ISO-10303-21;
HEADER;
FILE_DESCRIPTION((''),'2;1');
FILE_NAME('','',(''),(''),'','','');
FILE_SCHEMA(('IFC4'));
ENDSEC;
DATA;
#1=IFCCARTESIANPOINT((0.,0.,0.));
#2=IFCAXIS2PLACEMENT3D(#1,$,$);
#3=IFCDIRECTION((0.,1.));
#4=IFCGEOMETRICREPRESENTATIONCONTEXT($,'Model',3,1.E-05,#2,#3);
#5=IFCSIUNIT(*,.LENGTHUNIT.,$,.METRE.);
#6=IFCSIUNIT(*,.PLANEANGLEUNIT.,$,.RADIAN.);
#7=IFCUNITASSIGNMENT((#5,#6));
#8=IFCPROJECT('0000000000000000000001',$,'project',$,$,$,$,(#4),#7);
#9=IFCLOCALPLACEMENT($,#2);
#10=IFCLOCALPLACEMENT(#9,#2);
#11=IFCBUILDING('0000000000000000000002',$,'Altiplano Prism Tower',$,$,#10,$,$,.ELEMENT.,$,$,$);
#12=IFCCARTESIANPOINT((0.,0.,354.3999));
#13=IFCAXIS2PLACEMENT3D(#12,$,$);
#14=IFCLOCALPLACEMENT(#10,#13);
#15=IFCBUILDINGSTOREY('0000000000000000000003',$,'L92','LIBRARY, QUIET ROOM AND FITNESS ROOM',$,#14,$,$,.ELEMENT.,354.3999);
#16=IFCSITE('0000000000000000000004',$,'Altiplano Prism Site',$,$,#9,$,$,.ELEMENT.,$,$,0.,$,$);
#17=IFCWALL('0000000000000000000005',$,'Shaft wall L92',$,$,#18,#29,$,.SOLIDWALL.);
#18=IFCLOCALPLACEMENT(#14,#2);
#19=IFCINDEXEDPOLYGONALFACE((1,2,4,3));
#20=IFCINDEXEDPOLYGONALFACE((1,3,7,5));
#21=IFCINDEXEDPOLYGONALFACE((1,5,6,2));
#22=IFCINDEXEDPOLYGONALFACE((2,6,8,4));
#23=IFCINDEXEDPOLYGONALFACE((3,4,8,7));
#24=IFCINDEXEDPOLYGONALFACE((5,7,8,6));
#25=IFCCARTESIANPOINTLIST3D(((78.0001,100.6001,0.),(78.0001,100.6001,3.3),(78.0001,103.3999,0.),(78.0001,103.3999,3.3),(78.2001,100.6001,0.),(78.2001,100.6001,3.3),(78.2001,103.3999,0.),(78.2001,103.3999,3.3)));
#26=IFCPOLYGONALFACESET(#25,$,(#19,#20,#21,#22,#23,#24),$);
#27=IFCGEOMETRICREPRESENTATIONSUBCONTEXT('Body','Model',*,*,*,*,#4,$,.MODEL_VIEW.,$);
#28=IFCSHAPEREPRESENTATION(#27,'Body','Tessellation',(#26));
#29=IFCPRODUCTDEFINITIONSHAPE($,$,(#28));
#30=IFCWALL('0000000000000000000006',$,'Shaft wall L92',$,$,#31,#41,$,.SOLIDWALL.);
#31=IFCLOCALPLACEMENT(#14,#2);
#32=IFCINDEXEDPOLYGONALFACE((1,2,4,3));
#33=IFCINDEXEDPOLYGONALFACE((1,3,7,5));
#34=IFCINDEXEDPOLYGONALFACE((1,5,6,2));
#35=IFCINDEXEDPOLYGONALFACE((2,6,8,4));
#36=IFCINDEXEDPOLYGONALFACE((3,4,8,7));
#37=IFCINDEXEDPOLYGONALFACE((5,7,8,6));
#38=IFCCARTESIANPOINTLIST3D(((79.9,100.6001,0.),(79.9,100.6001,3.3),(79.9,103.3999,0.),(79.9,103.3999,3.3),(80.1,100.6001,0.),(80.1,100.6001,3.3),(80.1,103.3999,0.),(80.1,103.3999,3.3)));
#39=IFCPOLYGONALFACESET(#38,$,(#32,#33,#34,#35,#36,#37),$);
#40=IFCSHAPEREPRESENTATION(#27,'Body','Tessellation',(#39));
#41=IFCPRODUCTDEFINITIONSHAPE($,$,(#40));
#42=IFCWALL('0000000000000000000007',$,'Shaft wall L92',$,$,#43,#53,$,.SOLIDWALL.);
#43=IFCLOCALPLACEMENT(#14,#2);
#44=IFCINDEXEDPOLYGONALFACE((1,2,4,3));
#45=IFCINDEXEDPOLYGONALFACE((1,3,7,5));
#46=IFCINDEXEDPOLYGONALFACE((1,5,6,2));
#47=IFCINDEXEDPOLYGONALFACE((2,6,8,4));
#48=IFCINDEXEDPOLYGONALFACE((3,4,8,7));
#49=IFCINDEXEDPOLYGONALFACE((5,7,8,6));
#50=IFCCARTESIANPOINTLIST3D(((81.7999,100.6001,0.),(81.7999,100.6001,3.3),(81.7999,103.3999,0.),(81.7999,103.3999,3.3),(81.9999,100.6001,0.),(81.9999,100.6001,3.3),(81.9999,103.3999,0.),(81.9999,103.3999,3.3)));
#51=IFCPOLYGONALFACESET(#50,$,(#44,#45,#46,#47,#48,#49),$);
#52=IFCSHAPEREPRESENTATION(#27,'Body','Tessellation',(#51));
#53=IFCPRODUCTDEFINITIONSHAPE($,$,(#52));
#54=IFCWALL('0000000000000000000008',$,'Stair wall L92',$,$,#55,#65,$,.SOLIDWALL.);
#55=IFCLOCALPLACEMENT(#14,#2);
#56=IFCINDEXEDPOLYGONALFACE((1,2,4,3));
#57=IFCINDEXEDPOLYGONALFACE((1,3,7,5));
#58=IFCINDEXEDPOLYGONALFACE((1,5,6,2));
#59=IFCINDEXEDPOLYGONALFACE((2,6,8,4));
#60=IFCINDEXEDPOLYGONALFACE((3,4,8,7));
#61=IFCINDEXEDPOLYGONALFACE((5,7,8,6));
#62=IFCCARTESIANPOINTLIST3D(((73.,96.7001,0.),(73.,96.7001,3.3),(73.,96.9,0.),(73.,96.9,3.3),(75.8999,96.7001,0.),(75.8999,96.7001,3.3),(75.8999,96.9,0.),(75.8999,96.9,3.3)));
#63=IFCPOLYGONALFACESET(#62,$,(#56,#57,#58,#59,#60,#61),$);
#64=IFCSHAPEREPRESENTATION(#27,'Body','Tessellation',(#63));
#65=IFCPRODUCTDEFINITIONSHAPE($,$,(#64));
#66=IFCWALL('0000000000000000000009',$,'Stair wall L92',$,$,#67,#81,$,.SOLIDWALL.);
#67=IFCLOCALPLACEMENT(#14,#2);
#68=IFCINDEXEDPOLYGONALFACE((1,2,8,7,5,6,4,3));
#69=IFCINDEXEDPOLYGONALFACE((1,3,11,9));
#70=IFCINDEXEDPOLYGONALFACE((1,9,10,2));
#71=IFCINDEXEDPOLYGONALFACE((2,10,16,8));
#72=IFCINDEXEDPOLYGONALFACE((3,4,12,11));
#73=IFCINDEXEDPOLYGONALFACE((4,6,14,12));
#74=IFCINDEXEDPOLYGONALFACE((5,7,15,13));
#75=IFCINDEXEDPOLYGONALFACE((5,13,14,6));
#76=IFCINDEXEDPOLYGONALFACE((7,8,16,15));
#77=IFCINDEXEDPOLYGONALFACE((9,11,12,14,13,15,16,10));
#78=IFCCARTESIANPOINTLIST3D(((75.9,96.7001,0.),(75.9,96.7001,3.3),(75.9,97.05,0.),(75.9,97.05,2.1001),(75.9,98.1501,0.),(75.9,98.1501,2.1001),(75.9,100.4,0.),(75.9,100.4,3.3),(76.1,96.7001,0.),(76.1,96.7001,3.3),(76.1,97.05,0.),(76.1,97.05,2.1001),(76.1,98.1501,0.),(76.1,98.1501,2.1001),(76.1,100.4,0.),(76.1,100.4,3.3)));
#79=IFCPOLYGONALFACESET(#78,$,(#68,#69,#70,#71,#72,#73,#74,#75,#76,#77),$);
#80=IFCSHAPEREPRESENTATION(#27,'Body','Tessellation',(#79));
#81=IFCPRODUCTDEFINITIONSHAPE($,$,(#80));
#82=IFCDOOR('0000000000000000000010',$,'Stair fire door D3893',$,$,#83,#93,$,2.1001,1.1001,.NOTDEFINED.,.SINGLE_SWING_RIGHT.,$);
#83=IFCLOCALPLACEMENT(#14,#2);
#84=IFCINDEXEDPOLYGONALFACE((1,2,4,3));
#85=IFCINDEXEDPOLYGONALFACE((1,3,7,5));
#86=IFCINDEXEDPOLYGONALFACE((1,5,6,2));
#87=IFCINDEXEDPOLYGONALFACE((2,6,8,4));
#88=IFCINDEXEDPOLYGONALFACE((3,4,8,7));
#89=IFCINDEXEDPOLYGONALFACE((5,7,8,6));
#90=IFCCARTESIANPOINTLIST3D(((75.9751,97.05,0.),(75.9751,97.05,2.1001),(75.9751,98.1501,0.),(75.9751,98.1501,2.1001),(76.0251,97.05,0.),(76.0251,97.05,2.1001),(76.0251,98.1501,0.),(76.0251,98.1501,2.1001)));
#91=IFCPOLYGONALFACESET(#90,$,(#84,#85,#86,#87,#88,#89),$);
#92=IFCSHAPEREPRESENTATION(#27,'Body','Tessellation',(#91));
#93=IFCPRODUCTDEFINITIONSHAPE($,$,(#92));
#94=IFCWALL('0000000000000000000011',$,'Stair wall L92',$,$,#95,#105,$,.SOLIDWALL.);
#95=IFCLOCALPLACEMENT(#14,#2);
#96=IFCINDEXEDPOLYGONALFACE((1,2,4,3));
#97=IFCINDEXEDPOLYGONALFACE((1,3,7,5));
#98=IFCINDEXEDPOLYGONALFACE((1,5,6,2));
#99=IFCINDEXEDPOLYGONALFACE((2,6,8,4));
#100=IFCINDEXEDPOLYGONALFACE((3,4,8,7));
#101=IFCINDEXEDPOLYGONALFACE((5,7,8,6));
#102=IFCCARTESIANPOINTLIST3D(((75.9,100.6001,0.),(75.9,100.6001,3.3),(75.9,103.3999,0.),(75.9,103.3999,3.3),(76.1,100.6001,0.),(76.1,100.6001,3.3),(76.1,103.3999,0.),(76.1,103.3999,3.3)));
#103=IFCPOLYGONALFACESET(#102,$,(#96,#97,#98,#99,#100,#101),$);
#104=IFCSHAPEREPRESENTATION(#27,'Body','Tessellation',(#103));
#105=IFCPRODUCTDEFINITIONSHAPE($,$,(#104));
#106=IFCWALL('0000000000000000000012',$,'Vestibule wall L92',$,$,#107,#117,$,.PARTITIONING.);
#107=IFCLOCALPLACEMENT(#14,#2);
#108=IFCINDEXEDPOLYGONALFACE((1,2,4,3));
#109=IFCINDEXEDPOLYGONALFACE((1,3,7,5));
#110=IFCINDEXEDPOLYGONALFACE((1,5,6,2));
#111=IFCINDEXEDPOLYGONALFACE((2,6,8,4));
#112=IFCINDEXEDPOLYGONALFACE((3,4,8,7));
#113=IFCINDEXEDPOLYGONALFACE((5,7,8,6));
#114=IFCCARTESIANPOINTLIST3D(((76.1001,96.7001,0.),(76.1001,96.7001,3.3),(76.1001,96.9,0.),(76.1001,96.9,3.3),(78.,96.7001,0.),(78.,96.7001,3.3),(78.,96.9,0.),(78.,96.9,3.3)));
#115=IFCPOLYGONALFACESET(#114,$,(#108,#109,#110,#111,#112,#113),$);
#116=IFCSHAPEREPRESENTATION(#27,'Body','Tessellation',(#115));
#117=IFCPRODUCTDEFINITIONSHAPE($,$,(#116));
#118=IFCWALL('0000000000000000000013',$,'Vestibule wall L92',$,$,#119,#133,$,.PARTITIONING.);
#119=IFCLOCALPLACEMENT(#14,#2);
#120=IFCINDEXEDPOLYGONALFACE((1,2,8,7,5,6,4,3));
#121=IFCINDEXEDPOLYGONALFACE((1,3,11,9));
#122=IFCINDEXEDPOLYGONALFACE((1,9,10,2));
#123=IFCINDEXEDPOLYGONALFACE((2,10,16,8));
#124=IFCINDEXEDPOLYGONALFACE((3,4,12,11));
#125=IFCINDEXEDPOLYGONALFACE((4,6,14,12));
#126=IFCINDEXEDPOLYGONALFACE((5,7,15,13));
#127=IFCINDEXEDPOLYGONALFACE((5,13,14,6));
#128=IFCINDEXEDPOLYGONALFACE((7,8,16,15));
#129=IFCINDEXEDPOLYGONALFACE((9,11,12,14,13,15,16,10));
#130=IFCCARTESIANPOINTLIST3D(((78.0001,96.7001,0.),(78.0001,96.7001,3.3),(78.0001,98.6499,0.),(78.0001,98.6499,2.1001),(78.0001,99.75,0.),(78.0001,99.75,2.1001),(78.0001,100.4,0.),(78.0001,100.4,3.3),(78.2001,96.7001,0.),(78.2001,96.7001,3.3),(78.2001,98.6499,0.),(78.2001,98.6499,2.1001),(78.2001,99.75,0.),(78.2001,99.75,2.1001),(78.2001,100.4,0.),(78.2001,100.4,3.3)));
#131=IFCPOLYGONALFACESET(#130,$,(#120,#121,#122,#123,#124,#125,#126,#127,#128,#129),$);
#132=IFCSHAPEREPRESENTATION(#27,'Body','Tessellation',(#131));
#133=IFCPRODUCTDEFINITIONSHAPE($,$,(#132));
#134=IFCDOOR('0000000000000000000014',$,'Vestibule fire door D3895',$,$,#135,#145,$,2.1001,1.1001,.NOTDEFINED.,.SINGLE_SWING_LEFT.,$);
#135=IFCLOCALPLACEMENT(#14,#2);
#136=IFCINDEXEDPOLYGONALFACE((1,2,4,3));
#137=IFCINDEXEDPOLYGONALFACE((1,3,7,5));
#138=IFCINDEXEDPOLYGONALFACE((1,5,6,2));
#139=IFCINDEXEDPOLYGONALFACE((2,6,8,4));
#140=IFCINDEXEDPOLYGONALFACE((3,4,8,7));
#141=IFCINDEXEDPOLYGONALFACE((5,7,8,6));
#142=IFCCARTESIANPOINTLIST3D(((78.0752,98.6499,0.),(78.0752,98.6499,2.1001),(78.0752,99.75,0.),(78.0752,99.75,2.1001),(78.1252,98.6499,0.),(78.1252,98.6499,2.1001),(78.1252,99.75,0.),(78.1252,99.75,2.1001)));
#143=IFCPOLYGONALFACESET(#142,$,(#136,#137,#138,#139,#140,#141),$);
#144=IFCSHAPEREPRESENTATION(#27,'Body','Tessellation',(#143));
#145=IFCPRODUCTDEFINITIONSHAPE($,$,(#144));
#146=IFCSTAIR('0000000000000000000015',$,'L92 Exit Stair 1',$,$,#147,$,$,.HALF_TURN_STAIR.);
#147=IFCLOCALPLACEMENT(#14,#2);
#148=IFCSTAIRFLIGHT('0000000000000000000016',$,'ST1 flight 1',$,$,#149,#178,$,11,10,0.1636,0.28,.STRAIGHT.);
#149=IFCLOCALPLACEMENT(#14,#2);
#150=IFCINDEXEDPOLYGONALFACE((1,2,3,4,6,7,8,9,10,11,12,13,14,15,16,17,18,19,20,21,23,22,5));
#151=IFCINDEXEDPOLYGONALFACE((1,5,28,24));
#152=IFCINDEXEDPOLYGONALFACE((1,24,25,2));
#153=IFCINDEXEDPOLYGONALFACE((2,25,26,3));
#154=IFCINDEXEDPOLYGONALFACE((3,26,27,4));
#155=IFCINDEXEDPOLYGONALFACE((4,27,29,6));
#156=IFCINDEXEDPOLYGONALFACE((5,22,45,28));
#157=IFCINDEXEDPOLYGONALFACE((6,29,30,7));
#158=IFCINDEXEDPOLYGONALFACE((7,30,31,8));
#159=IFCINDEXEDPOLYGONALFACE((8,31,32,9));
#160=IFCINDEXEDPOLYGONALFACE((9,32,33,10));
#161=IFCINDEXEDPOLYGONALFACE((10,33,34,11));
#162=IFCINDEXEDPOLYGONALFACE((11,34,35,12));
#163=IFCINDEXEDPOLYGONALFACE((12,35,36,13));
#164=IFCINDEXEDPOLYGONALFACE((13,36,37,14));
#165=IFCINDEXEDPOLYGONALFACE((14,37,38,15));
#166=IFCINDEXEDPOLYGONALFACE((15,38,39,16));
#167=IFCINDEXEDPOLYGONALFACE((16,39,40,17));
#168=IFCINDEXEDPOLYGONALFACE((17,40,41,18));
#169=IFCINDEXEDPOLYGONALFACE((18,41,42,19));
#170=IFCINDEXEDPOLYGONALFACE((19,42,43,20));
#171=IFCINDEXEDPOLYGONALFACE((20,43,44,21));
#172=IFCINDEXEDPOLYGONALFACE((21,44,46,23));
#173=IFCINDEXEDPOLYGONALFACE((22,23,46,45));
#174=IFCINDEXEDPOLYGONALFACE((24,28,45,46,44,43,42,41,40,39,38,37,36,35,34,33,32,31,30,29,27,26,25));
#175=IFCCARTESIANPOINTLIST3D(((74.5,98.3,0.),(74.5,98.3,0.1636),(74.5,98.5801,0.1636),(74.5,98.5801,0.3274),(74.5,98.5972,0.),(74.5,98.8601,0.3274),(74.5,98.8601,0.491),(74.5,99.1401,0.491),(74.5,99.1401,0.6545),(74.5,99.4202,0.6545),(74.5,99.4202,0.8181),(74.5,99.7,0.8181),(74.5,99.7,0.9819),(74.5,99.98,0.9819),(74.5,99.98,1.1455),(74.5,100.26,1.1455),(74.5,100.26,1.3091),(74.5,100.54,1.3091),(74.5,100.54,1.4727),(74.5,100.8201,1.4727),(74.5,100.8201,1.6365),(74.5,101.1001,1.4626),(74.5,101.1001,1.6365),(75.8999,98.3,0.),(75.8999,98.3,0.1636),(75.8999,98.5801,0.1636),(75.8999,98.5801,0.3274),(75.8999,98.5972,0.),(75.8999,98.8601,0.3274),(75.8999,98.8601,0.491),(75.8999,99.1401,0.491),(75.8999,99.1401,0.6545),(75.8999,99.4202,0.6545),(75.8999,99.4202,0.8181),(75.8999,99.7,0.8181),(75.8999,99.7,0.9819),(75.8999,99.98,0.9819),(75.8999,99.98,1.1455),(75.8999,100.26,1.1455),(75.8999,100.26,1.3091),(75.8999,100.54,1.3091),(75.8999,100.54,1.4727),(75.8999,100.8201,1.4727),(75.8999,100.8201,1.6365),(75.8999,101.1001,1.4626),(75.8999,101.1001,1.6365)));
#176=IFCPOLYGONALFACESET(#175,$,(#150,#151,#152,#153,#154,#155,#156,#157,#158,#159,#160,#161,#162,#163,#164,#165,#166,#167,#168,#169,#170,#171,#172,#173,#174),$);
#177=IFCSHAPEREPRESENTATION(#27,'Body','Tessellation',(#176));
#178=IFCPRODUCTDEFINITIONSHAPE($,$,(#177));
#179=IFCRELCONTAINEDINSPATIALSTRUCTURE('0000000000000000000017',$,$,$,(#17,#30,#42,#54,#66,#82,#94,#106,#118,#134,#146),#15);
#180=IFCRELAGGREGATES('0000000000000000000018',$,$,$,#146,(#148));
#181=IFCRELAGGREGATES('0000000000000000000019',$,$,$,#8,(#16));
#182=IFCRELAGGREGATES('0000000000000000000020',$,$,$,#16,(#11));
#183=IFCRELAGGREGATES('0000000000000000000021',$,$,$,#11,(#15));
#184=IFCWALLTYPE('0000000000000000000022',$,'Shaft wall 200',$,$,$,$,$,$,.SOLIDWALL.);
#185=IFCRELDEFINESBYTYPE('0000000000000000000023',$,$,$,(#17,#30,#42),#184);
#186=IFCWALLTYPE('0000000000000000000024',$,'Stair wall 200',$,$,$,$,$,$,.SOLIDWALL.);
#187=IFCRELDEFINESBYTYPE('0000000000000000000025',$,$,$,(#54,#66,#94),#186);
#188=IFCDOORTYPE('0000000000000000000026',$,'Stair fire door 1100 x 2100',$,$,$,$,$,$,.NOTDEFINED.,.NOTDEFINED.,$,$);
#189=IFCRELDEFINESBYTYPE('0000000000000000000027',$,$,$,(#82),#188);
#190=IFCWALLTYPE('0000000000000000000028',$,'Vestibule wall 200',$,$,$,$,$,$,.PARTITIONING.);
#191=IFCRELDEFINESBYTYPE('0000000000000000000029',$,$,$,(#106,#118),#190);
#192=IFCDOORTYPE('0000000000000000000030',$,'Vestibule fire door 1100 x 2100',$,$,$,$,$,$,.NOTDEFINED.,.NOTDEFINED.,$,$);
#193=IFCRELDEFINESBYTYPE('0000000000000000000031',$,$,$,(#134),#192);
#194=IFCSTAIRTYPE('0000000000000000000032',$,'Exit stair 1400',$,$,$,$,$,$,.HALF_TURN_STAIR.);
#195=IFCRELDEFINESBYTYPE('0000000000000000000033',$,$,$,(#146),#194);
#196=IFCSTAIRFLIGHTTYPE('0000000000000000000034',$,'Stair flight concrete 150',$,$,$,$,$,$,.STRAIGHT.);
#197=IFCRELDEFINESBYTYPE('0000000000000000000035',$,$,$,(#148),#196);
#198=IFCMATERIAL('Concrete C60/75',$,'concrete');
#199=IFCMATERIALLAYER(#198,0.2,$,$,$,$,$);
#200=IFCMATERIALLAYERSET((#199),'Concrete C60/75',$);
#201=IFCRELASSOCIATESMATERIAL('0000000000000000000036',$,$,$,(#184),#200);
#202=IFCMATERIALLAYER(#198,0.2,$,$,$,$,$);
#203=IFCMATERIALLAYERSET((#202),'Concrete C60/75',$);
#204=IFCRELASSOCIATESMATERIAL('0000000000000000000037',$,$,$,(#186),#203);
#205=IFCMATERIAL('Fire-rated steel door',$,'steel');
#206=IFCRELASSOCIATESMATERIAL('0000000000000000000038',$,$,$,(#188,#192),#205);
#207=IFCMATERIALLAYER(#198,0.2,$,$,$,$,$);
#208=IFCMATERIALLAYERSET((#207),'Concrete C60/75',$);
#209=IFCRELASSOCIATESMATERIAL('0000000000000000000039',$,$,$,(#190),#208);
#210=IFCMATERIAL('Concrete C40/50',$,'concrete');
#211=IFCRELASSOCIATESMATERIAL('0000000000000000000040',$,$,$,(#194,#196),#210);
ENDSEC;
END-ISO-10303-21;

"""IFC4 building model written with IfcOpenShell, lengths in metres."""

from ifc_helpers import new_model, si_unit, direction, frame, frame_2d, origin, place, context, subcontext, project, spatial, polyline, rectangle, outline, extrude, material, layer, layer_set, type_object, element, fill, aggregate, save


model = new_model("IFC4")

# Units and contexts
model_context = context("Model", 3, precision=1e-05, world=origin(), true_north=direction((0.0, 1.0)))
body_context = subcontext(model_context, "Body", "Model", "MODEL_VIEW")
ifc_project = project(units=[si_unit("LENGTHUNIT", "METRE"), si_unit("PLANEANGLEUNIT", "RADIAN")], contexts=[model_context])

# Site, building, storey
site_placement = place(None, origin())
site = spatial("IfcSite", under=ifc_project, at=site_placement, Name="Altiplano Prism Site", CompositionType="ELEMENT", RefElevation=0.0)
building_placement = place(site_placement, origin())
building = spatial("IfcBuilding", under=site, at=building_placement, Name="Altiplano Prism Tower", CompositionType="ELEMENT")
storey_placement = place(building_placement, frame((0.0, 0.0, 354.3999)))
storey = spatial("IfcBuildingStorey", under=building, at=storey_placement, Name="L92", Description="LIBRARY, QUIET ROOM AND FITNESS ROOM", CompositionType="ELEMENT", Elevation=354.3999)

# Walls
ifc_material_1 = material(Name="Concrete C60/75", Category="concrete")
ifc_layer_1 = layer(ifc_material_1, 0.2)
ifc_layer_set_1 = layer_set([ifc_layer_1], Name="Concrete C60/75")
wall_type_1 = type_object("IfcWallType", Name="Shaft wall 200", PredefinedType="SOLIDWALL", material=ifc_layer_set_1)
for number, where, z_axis, x_axis, name in (
    (1, (78.1001, 100.6001, 0.0), (0.0, 0.0, 1.0), (0.0, 1.0, 0.0), "Shaft wall L92"),
    (2, (80.0, 100.6001, 0.0), (0.0, 0.0, 1.0), (0.0, 1.0, 0.0), "Shaft wall L92"),
    (3, (81.8999, 100.6001, 0.0), (0.0, 0.0, 1.0), (0.0, 1.0, 0.0), "Shaft wall L92"),
):
    element("IfcWall", number, at=place(storey_placement, frame(where, z_axis=z_axis, x_axis=x_axis)), inside=storey, type_object=wall_type_1, Name=name, PredefinedType="SOLIDWALL", context=body_context, shape_type="SweptSolid", body=[
        extrude(rectangle(XDim=2.7998, YDim=0.2, at=frame_2d((1.3999, 0.0))), origin(), (0.0, 0.0, 1.0), 3.3),
    ])
ifc_layer_2 = layer(ifc_material_1, 0.2)
ifc_layer_set_2 = layer_set([ifc_layer_2], Name="Concrete C60/75")
wall_type_2 = type_object("IfcWallType", Name="Stair wall 200", PredefinedType="SOLIDWALL", material=ifc_layer_set_2)
wall_1_placement = place(storey_placement, frame((73.0, 96.8, 0.0), z_axis=(0.0, 0.0, 1.0), x_axis=(1.0, 0.0, 0.0)))
element("IfcWall", 4, at=wall_1_placement, inside=storey, type_object=wall_type_2, Name="Stair wall L92", PredefinedType="SOLIDWALL", context=body_context, shape_type="SweptSolid", body=[
    extrude(rectangle(XDim=2.8999, YDim=0.2, at=frame_2d((1.45, 0.0))), origin(), (0.0, 0.0, 1.0), 3.3),
])

# Wall, opening, door
wall_2_placement = place(storey_placement, frame((76.0, 96.7, 0.0), z_axis=(0.0, 0.0, 1.0), x_axis=(0.0, 1.0, 0.0)))
wall_2 = element("IfcWall", 5, at=wall_2_placement, inside=storey, type_object=wall_type_2, Name="Stair wall L92", PredefinedType="SOLIDWALL", context=body_context, shape_type="SweptSolid", body=[
    extrude(rectangle(XDim=3.7, YDim=0.2, at=frame_2d((1.8501, 0.0))), origin(), (0.0, 0.0, 1.0), 3.3),
])
opening_1_placement = place(wall_2_placement, frame((0.3501, 0.0, 0.0)))
opening_1 = element("IfcOpeningElement", 6, at=opening_1_placement, cuts=wall_2, PredefinedType="OPENING", context=body_context, shape_type="SweptSolid", body=[
    extrude(rectangle(XDim=1.1001, YDim=2.1001, at=frame_2d((0.55, 1.05))), frame((0.0, 0.1104, 0.0), z_axis=(0.0, -1.0, 0.0), x_axis=(1.0, 0.0, 0.0)), (0.0, 0.0, 1.0), 0.2209),
])
ifc_material_2 = material(Name="Fire-rated steel door", Category="steel")
door_type_1 = type_object("IfcDoorType", Name="Stair fire door 1100 x 2100", OperationType="NOTDEFINED", PredefinedType="NOTDEFINED", material=ifc_material_2)
door_1_placement = place(opening_1_placement, origin())
door_1 = element("IfcDoor", 7, at=door_1_placement, inside=storey, type_object=door_type_1, Name="Stair fire door D3893", OperationType="SINGLE_SWING_RIGHT", OverallHeight=2.1001, OverallWidth=1.1001, PredefinedType="NOTDEFINED", context=body_context, shape_type="SweptSolid", body=[
    extrude(rectangle(XDim=1.1001, YDim=2.1001, at=frame_2d((0.55, 1.05))), frame((0.0, 0.0249, 0.0), z_axis=(0.0, -1.0, 0.0), x_axis=(1.0, 0.0, 0.0)), (0.0, 0.0, 1.0), 0.05),
])
fill(opening_1, door_1)

# Walls
wall_3_placement = place(storey_placement, frame((76.0, 100.6001, 0.0), z_axis=(0.0, 0.0, 1.0), x_axis=(0.0, 1.0, 0.0)))
element("IfcWall", 8, at=wall_3_placement, inside=storey, type_object=wall_type_2, Name="Stair wall L92", PredefinedType="SOLIDWALL", context=body_context, shape_type="SweptSolid", body=[
    extrude(rectangle(XDim=2.7998, YDim=0.2, at=frame_2d((1.3999, 0.0))), origin(), (0.0, 0.0, 1.0), 3.3),
])
ifc_layer_3 = layer(ifc_material_1, 0.2)
ifc_layer_set_3 = layer_set([ifc_layer_3], Name="Concrete C60/75")
wall_type_3 = type_object("IfcWallType", Name="Vestibule wall 200", PredefinedType="PARTITIONING", material=ifc_layer_set_3)
wall_4_placement = place(storey_placement, frame((76.1001, 96.8, 0.0), z_axis=(0.0, 0.0, 1.0), x_axis=(1.0, 0.0, 0.0)))
element("IfcWall", 9, at=wall_4_placement, inside=storey, type_object=wall_type_3, Name="Vestibule wall L92", PredefinedType="PARTITIONING", context=body_context, shape_type="SweptSolid", body=[
    extrude(rectangle(XDim=1.8999, YDim=0.2, at=frame_2d((0.95, 0.0))), origin(), (0.0, 0.0, 1.0), 3.3),
])

# Wall, opening, door
wall_5_placement = place(storey_placement, frame((78.1001, 96.7, 0.0), z_axis=(0.0, 0.0, 1.0), x_axis=(0.0, 1.0, 0.0)))
wall_5 = element("IfcWall", 10, at=wall_5_placement, inside=storey, type_object=wall_type_3, Name="Vestibule wall L92", PredefinedType="PARTITIONING", context=body_context, shape_type="SweptSolid", body=[
    extrude(rectangle(XDim=3.7, YDim=0.2, at=frame_2d((1.8501, 0.0))), origin(), (0.0, 0.0, 1.0), 3.3),
])
opening_2_placement = place(wall_5_placement, frame((1.95, 0.0, 0.0)))
opening_2 = element("IfcOpeningElement", 11, at=opening_2_placement, cuts=wall_5, PredefinedType="OPENING", context=body_context, shape_type="SweptSolid", body=[
    extrude(rectangle(XDim=1.1001, YDim=2.1001, at=frame_2d((0.55, 1.05))), frame((0.0, 0.1104, 0.0), z_axis=(0.0, -1.0, 0.0), x_axis=(1.0, 0.0, 0.0)), (0.0, 0.0, 1.0), 0.2209),
])
door_type_2 = type_object("IfcDoorType", Name="Vestibule fire door 1100 x 2100", OperationType="NOTDEFINED", PredefinedType="NOTDEFINED", material=ifc_material_2)
door_2_placement = place(opening_2_placement, origin())
door_2 = element("IfcDoor", 12, at=door_2_placement, inside=storey, type_object=door_type_2, Name="Vestibule fire door D3895", OperationType="SINGLE_SWING_LEFT", OverallHeight=2.1001, OverallWidth=1.1001, PredefinedType="NOTDEFINED", context=body_context, shape_type="SweptSolid", body=[
    extrude(rectangle(XDim=1.1001, YDim=2.1001, at=frame_2d((0.55, 1.05))), frame((0.0, 0.0249, 0.0), z_axis=(0.0, -1.0, 0.0), x_axis=(1.0, 0.0, 0.0)), (0.0, 0.0, 1.0), 0.05),
])
fill(opening_2, door_2)

# Stair, stair flight
ifc_material_3 = material(Name="Concrete C40/50", Category="concrete")
stair_type = type_object("IfcStairType", Name="Exit stair 1400", PredefinedType="HALF_TURN_STAIR", material=ifc_material_3)
stair_placement = place(storey_placement, origin())
stair = element("IfcStair", 13, at=stair_placement, inside=storey, type_object=stair_type, Name="L92 Exit Stair 1", PredefinedType="HALF_TURN_STAIR")
stair_flight_type = type_object("IfcStairFlightType", Name="Stair flight concrete 150", PredefinedType="STRAIGHT", material=ifc_material_3)
stair_flight_1_placement = place(storey_placement, frame((75.2, 98.3, 0.0), z_axis=(0.0, 0.0, 1.0), x_axis=(0.0, 1.0, 0.0)))
stair_flight_1 = element("IfcStairFlight", 14, at=stair_flight_1_placement, type_object=stair_flight_type, Name="ST1 flight 1", NumberOfRisers=11, NumberOfTreads=10, PredefinedType="STRAIGHT", RiserHeight=0.1636, TreadLength=0.28, context=body_context, shape_type="SweptSolid", body=[
    extrude(outline(polyline([(0.0, 0.0), (0.0, 0.1636), (0.28, 0.1636), (0.28, 0.3274), (0.5601, 0.3274), (0.5601, 0.491), (0.8401, 0.491), (0.8401, 0.6545), (1.1201, 0.6545), (1.1201, 0.8181), (1.3999, 0.8181), (1.3999, 0.9819), (1.6799, 0.9819), (1.6799, 1.1455), (1.96, 1.1455), (1.96, 1.3091), (2.24, 1.3091), (2.24, 1.4727), (2.52, 1.4727), (2.52, 1.6365), (2.8, 1.6365), (2.8, 1.8), (2.8, 1.4626), (0.2971, 0.0), (0.0, 0.0)])), frame((0.0, 0.7, 0.0), z_axis=(0.0, -1.0, 0.0), x_axis=(1.0, 0.0, 0.0)), (0.0, 0.0, 1.0), 1.3999),
])
aggregate(stair, [stair_flight_1])

save(model, "model.ifc")
